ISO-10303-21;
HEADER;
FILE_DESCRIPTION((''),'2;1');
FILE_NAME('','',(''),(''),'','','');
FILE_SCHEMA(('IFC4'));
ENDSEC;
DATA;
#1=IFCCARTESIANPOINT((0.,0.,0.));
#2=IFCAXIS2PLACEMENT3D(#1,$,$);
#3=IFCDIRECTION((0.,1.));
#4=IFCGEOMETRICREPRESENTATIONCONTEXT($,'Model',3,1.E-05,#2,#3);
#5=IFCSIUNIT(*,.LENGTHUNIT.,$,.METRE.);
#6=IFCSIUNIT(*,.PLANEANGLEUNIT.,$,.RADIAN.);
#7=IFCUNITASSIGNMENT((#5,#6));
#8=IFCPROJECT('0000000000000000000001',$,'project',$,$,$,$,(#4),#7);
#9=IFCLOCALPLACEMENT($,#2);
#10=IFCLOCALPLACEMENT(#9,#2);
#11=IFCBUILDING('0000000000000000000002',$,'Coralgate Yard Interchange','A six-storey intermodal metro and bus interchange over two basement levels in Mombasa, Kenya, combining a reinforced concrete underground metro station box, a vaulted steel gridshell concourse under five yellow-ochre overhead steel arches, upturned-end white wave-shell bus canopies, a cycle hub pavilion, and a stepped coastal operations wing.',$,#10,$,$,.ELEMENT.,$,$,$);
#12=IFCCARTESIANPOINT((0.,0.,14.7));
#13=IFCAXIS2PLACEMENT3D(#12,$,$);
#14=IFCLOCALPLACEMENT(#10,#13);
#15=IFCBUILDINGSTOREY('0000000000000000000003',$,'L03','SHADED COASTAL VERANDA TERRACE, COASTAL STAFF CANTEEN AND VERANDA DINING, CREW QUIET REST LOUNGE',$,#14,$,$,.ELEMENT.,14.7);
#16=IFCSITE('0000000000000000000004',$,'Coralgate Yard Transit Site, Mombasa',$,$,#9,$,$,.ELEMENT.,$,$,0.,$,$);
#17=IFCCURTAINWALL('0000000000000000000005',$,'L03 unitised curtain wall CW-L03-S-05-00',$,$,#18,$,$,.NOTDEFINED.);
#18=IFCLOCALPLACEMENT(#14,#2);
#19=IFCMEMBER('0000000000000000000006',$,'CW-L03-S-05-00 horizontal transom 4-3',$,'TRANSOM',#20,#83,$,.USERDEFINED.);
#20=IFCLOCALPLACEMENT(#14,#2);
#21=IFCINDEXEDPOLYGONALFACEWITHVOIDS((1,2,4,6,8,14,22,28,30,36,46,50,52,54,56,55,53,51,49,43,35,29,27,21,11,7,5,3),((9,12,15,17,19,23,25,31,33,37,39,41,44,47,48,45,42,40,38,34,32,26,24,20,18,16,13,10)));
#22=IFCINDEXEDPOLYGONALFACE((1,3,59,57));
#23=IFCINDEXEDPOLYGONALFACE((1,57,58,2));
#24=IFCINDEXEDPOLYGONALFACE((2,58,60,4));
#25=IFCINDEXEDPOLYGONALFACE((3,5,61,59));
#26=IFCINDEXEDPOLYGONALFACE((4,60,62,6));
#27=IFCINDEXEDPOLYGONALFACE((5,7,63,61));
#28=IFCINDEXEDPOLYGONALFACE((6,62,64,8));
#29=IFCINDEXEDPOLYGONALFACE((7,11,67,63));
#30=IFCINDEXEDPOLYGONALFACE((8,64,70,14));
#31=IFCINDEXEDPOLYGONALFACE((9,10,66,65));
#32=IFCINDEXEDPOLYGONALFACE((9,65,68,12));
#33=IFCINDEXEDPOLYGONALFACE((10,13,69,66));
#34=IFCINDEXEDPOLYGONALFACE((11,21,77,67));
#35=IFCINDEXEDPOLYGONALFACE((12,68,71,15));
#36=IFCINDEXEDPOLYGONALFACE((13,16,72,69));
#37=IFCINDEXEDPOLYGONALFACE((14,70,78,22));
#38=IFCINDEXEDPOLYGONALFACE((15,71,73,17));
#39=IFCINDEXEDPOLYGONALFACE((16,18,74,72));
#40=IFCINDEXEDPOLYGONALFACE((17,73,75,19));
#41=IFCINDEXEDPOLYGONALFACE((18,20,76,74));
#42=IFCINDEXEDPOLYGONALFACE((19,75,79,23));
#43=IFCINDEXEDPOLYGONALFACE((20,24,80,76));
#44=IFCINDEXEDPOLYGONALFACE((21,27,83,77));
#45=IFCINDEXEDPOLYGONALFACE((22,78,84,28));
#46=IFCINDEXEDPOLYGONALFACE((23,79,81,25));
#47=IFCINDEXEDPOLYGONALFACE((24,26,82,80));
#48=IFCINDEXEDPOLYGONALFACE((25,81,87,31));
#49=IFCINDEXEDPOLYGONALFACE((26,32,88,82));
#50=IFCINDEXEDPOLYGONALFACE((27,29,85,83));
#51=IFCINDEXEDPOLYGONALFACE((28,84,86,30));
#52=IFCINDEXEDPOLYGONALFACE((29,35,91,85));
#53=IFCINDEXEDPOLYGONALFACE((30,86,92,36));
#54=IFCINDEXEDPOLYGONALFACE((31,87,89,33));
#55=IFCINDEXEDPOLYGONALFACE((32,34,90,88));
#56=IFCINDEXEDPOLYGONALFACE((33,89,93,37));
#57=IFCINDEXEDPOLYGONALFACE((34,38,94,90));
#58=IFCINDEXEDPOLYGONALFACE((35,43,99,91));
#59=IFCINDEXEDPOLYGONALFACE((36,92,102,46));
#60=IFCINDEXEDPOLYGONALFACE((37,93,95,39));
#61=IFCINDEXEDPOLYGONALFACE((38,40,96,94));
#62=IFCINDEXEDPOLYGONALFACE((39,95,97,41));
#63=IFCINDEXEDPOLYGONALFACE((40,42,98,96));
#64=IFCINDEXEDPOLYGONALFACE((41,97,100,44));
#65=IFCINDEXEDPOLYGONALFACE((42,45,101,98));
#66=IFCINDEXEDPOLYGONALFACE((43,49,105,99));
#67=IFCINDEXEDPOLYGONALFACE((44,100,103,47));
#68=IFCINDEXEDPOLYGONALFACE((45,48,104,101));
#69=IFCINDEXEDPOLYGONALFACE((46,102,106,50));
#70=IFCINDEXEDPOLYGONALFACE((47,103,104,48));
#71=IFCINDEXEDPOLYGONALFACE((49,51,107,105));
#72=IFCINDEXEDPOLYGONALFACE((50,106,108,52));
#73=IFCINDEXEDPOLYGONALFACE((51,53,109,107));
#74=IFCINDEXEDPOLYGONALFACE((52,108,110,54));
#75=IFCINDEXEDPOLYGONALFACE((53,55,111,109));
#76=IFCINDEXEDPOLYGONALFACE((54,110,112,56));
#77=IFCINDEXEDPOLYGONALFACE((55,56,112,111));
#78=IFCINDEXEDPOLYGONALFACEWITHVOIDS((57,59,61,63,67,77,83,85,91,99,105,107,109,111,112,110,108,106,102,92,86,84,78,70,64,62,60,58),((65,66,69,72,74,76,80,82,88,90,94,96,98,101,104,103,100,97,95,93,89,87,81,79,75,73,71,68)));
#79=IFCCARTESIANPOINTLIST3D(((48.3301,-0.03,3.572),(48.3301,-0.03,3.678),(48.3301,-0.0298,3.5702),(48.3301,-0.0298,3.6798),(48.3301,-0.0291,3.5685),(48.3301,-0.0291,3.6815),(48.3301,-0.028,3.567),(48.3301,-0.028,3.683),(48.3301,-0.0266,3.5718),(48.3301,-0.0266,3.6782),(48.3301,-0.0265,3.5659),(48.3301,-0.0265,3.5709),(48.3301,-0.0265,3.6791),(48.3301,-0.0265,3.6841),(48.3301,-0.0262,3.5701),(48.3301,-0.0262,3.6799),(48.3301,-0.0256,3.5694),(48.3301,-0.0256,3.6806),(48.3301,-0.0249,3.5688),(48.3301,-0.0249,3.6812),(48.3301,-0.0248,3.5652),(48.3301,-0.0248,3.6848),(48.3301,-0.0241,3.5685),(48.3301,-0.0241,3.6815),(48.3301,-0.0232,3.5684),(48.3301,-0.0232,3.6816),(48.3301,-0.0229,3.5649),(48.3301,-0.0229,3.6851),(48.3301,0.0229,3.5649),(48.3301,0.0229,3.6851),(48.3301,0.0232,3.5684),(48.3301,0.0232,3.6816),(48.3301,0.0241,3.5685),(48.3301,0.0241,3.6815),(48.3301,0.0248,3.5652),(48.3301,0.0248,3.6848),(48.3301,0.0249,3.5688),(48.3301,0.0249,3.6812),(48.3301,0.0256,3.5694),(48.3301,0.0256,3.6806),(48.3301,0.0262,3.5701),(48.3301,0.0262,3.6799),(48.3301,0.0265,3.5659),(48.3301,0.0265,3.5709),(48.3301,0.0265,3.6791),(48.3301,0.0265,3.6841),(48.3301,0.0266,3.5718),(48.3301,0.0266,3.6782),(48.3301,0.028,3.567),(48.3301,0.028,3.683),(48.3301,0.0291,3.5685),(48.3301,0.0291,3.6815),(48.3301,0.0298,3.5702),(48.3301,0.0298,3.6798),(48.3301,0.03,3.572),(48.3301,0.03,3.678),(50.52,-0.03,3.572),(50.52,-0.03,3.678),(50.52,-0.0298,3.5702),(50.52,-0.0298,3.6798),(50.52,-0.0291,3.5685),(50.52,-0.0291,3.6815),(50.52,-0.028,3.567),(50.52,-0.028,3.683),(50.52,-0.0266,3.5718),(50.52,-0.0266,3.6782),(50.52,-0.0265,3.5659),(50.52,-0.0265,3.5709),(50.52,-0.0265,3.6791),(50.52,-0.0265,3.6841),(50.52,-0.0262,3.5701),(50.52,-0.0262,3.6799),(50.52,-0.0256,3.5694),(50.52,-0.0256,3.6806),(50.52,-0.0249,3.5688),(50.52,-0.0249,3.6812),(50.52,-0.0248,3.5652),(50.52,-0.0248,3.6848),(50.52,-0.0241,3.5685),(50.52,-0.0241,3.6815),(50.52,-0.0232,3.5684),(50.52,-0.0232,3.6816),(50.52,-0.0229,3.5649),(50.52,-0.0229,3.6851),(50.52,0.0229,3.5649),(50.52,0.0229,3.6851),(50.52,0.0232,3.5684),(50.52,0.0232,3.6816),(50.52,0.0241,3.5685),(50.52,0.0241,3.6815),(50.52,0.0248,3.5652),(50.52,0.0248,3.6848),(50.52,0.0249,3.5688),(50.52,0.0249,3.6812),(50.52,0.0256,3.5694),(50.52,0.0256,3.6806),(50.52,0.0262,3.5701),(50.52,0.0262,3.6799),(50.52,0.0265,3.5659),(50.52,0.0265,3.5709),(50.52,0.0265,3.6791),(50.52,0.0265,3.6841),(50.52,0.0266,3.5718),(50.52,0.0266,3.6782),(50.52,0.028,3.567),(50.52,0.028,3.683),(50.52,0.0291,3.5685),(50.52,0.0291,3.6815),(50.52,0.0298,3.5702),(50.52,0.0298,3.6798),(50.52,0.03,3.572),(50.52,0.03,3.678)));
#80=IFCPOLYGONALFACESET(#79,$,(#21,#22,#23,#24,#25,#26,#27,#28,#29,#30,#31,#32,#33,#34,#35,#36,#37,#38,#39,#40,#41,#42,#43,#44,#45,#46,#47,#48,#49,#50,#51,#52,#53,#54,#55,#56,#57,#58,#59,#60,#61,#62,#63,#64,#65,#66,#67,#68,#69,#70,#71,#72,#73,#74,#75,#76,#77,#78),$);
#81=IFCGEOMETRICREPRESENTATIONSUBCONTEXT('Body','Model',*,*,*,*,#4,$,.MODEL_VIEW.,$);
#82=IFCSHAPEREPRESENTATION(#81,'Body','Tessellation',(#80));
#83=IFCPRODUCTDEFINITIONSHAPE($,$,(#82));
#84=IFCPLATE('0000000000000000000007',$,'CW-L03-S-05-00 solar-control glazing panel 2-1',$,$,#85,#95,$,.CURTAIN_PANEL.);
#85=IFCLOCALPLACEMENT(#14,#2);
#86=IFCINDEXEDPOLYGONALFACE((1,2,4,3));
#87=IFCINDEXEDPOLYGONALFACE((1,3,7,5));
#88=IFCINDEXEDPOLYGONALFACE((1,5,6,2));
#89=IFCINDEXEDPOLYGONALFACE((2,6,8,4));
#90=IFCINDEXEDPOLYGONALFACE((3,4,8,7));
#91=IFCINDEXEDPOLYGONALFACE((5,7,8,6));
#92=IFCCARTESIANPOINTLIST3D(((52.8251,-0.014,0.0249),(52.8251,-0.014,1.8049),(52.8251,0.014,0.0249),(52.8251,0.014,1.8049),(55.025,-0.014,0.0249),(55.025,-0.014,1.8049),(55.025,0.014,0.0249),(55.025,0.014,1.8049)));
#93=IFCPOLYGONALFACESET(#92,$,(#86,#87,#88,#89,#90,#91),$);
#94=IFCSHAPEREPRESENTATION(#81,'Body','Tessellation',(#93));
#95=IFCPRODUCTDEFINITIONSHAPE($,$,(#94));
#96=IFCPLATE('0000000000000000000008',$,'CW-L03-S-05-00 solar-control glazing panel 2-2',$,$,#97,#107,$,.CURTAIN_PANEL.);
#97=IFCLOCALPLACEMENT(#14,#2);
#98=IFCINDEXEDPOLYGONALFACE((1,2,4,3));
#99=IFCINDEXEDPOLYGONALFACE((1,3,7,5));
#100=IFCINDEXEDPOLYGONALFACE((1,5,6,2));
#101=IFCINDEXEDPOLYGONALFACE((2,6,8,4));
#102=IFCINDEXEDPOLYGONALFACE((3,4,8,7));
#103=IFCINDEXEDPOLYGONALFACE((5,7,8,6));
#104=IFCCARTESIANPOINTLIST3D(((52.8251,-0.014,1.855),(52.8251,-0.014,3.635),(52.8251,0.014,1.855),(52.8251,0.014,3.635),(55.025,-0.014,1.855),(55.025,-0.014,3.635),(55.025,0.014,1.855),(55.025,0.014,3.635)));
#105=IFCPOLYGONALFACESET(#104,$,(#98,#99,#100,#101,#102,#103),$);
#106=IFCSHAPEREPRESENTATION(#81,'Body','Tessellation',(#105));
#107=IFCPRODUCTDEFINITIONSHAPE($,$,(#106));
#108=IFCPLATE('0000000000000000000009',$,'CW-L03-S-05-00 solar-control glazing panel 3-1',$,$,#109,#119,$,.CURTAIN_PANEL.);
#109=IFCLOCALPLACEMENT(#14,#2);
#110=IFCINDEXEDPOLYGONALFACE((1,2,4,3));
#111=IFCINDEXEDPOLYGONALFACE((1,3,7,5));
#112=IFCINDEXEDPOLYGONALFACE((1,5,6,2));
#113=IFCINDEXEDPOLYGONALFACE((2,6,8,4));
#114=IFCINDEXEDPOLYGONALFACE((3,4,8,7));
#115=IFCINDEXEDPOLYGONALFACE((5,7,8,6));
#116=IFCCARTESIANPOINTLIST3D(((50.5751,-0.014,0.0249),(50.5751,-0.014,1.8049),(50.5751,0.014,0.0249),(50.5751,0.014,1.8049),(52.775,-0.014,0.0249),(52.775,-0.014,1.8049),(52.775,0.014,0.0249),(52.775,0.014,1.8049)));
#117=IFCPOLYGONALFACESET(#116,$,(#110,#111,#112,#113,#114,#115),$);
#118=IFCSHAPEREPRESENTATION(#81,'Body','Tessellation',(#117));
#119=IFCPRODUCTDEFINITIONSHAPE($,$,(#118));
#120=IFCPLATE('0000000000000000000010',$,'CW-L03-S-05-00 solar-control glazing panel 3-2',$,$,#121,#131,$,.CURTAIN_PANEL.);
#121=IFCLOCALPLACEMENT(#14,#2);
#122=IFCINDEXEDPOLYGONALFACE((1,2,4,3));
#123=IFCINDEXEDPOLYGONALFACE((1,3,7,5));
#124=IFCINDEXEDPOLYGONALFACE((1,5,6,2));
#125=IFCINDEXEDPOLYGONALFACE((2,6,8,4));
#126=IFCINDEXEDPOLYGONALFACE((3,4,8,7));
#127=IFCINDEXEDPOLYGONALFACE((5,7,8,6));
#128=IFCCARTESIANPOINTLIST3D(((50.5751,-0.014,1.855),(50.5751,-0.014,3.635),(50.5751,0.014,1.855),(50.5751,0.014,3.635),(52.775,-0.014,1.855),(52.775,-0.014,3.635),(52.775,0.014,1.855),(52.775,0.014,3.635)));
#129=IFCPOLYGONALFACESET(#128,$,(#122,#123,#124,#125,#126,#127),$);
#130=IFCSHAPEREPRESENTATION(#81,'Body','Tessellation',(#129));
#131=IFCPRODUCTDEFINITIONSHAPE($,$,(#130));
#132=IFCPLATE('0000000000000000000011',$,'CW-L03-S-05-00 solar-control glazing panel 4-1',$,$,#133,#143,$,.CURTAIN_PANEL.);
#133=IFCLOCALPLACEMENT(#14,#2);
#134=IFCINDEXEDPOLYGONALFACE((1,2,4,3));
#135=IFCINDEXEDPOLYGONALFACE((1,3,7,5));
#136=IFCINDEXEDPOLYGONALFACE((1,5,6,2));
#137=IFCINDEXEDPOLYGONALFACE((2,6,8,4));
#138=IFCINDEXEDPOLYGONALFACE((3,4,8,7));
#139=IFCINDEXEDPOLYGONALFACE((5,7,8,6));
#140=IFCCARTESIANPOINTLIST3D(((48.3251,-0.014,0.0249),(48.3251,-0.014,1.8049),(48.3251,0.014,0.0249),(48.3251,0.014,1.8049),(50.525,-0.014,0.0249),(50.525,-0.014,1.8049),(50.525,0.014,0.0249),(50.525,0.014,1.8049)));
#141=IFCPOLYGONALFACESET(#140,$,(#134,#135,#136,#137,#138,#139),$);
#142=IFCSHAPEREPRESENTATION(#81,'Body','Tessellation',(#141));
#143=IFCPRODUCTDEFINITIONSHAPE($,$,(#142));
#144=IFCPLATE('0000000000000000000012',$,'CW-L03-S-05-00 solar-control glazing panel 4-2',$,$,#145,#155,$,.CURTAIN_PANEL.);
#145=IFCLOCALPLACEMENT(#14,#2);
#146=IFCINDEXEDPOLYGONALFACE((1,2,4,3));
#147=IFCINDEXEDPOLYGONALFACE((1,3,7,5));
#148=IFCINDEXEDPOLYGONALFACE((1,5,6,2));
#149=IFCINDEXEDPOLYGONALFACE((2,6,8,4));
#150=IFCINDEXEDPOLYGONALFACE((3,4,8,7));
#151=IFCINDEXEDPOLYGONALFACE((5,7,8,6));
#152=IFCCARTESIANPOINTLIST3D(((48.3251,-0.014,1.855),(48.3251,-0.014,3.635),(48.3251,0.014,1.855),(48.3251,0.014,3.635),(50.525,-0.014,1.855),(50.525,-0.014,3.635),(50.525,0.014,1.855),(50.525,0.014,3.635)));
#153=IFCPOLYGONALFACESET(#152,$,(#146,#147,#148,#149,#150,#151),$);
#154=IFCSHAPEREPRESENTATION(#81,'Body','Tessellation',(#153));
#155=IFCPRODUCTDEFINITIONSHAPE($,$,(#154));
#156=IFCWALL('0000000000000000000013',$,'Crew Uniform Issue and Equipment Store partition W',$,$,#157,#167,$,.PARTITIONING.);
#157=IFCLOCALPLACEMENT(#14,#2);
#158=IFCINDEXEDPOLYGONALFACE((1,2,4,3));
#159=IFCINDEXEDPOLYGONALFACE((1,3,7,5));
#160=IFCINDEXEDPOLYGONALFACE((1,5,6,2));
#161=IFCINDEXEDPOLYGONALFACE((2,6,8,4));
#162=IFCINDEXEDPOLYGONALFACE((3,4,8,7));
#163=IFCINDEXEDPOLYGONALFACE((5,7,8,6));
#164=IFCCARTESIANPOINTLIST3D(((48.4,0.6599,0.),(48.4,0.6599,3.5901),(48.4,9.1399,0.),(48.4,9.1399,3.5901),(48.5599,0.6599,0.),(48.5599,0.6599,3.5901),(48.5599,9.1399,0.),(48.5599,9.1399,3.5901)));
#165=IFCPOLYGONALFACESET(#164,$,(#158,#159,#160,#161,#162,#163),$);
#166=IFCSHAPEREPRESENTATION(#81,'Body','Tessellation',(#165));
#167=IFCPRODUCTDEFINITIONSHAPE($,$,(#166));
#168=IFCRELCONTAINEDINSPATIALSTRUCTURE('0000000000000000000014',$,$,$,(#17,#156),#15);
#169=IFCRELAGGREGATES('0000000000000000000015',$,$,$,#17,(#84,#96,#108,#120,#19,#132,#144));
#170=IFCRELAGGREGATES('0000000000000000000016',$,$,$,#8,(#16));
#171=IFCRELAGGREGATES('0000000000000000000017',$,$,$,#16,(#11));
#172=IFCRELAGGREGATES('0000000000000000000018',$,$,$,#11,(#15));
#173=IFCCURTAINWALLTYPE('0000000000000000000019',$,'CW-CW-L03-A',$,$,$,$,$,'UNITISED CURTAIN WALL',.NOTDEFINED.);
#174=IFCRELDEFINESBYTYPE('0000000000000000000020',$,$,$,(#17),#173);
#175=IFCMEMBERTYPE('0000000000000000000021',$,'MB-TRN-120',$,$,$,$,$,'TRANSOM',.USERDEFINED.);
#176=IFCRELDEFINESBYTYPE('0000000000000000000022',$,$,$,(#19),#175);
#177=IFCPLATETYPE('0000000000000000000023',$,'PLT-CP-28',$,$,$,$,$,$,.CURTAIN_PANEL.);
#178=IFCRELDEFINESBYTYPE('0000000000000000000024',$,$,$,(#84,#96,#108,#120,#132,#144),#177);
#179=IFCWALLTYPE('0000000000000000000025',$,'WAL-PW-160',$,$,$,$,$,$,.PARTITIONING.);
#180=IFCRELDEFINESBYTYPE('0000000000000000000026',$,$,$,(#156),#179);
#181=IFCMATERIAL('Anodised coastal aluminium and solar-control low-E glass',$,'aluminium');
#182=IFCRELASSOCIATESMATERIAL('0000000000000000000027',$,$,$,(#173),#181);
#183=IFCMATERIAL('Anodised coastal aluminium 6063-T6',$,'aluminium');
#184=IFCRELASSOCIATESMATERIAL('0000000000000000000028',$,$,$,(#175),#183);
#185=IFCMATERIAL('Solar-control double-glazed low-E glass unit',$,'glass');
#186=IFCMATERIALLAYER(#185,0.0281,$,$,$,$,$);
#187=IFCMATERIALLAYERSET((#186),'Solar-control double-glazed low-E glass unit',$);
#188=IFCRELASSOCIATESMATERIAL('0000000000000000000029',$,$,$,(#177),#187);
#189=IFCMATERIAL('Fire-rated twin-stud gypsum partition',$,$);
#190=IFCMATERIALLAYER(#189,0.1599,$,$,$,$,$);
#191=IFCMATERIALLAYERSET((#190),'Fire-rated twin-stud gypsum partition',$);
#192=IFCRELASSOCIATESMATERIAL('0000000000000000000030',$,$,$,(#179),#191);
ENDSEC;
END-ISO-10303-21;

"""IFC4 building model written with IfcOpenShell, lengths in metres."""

from ifc_helpers import new_model, si_unit, direction, frame, frame_2d, origin, origin_2d, place, context, subcontext, project, spatial, rectangle, hollow_rectangle, extrude, material, layer, layer_set, material_profile, profile_set, type_object, element, aggregate, save


model = new_model("IFC4")

# Units and contexts
model_context = context("Model", 3, precision=1e-05, world=origin(), true_north=direction((0.0, 1.0)))
body_context = subcontext(model_context, "Body", "Model", "MODEL_VIEW")
ifc_project = project(units=[si_unit("LENGTHUNIT", "METRE"), si_unit("PLANEANGLEUNIT", "RADIAN")], contexts=[model_context])

# Site, building, storey
site_placement = place(None, origin())
site = spatial("IfcSite", under=ifc_project, at=site_placement, Name="Coralgate Yard Transit Site, Mombasa", CompositionType="ELEMENT", RefElevation=0.0)
building_placement = place(site_placement, origin())
building = spatial("IfcBuilding", under=site, at=building_placement, Name="Coralgate Yard Interchange", Description="A six-storey intermodal metro and bus interchange over two basement levels in Mombasa, Kenya, combining a reinforced concrete underground metro station box, a vaulted steel gridshell concourse under five yellow-ochre overhead steel arches, upturned-end white wave-shell bus canopies, a cycle hub pavilion, and a stepped coastal operations wing.", CompositionType="ELEMENT")
storey_placement = place(building_placement, frame((0.0, 0.0, 14.7)))
storey = spatial("IfcBuildingStorey", under=building, at=storey_placement, Name="L03", Description="SHADED COASTAL VERANDA TERRACE, COASTAL STAFF CANTEEN AND VERANDA DINING, CREW QUIET REST LOUNGE", CompositionType="ELEMENT", Elevation=14.7)

# Curtain wall, member, plates
ifc_material_1 = material(Name="Anodised coastal aluminium and solar-control low-E glass", Category="aluminium")
curtain_wall_type = type_object("IfcCurtainWallType", Name="CW-CW-L03-A", ElementType="UNITISED CURTAIN WALL", PredefinedType="NOTDEFINED", material=ifc_material_1)
curtain_wall_placement = place(storey_placement, origin())
curtain_wall = element("IfcCurtainWall", 1, at=curtain_wall_placement, inside=storey, type_object=curtain_wall_type, Name="L03 unitised curtain wall CW-L03-S-05-00", PredefinedType="NOTDEFINED")
ifc_material_2 = material(Name="Anodised coastal aluminium 6063-T6", Category="aluminium")
ifc_material_profile_1 = material_profile(ifc_material_2, hollow_rectangle(XDim=0.0601, YDim=0.1201, WallThickness=0.0034, InnerFilletRadius=0.0034, OuterFilletRadius=0.0071, at=origin_2d()), Name="ALU 60x120x3.5")
ifc_profile_set_1 = profile_set([ifc_material_profile_1], Name="Anodised coastal aluminium 6063-T6")
member_type_1 = type_object("IfcMemberType", Name="MB-TRN-120", ElementType="TRANSOM", PredefinedType="USERDEFINED", material=ifc_profile_set_1)
member_1_placement = place(storey_placement, frame((50.52, 0.0, 3.625), z_axis=(-1.0, 0.0, 0.0), x_axis=(0.0, -1.0, 0.0)))
member_1 = element("IfcMember", 2, at=member_1_placement, type_object=member_type_1, Name="CW-L03-S-05-00 horizontal transom 4-3", ObjectType="TRANSOM", PredefinedType="USERDEFINED", context=body_context, shape_type="SweptSolid", body=[
    extrude(hollow_rectangle(XDim=0.0601, YDim=0.1201, WallThickness=0.0034, InnerFilletRadius=0.0034, OuterFilletRadius=0.0071, at=origin_2d()), origin(), (0.0, 0.0, 1.0), 2.1899),
])
ifc_material_3 = material(Name="Solar-control double-glazed low-E glass unit", Category="glass")
ifc_layer_1 = layer(ifc_material_3, 0.0281)
ifc_layer_set_1 = layer_set([ifc_layer_1], Name="Solar-control double-glazed low-E glass unit")
plate_type = type_object("IfcPlateType", Name="PLT-CP-28", PredefinedType="CURTAIN_PANEL", material=ifc_layer_set_1)
plate_1_placement = place(storey_placement, frame((53.925, 0.0, 0.0249), z_axis=(0.0, 0.0, 1.0), x_axis=(-1.0, 0.0, 0.0)))
plate_1 = element("IfcPlate", 3, at=plate_1_placement, type_object=plate_type, Name="CW-L03-S-05-00 solar-control glazing panel 2-1", PredefinedType="CURTAIN_PANEL", context=body_context, shape_type="SweptSolid", body=[
    extrude(rectangle(XDim=2.2, YDim=0.0281, at=origin_2d()), origin(), (0.0, 0.0, 1.0), 1.78),
])
plate_2_placement = place(storey_placement, frame((53.925, 0.0, 1.855), z_axis=(0.0, 0.0, 1.0), x_axis=(-1.0, 0.0, 0.0)))
plate_2 = element("IfcPlate", 4, at=plate_2_placement, type_object=plate_type, Name="CW-L03-S-05-00 solar-control glazing panel 2-2", PredefinedType="CURTAIN_PANEL", context=body_context, shape_type="SweptSolid", body=[
    extrude(rectangle(XDim=2.2, YDim=0.0281, at=origin_2d()), origin(), (0.0, 0.0, 1.0), 1.78),
])
plate_3_placement = place(storey_placement, frame((51.675, 0.0, 0.0249), z_axis=(0.0, 0.0, 1.0), x_axis=(-1.0, 0.0, 0.0)))
plate_3 = element("IfcPlate", 5, at=plate_3_placement, type_object=plate_type, Name="CW-L03-S-05-00 solar-control glazing panel 3-1", PredefinedType="CURTAIN_PANEL", context=body_context, shape_type="SweptSolid", body=[
    extrude(rectangle(XDim=2.2, YDim=0.0281, at=origin_2d()), origin(), (0.0, 0.0, 1.0), 1.78),
])
plate_4_placement = place(storey_placement, frame((51.675, 0.0, 1.855), z_axis=(0.0, 0.0, 1.0), x_axis=(-1.0, 0.0, 0.0)))
plate_4 = element("IfcPlate", 6, at=plate_4_placement, type_object=plate_type, Name="CW-L03-S-05-00 solar-control glazing panel 3-2", PredefinedType="CURTAIN_PANEL", context=body_context, shape_type="SweptSolid", body=[
    extrude(rectangle(XDim=2.2, YDim=0.0281, at=origin_2d()), origin(), (0.0, 0.0, 1.0), 1.78),
])
plate_5_placement = place(storey_placement, frame((49.425, 0.0, 0.0249), z_axis=(0.0, 0.0, 1.0), x_axis=(-1.0, 0.0, 0.0)))
plate_5 = element("IfcPlate", 7, at=plate_5_placement, type_object=plate_type, Name="CW-L03-S-05-00 solar-control glazing panel 4-1", PredefinedType="CURTAIN_PANEL", context=body_context, shape_type="SweptSolid", body=[
    extrude(rectangle(XDim=2.2, YDim=0.0281, at=origin_2d()), origin(), (0.0, 0.0, 1.0), 1.78),
])
plate_6_placement = place(storey_placement, frame((49.425, 0.0, 1.855), z_axis=(0.0, 0.0, 1.0), x_axis=(-1.0, 0.0, 0.0)))
plate_6 = element("IfcPlate", 8, at=plate_6_placement, type_object=plate_type, Name="CW-L03-S-05-00 solar-control glazing panel 4-2", PredefinedType="CURTAIN_PANEL", context=body_context, shape_type="SweptSolid", body=[
    extrude(rectangle(XDim=2.2, YDim=0.0281, at=origin_2d()), origin(), (0.0, 0.0, 1.0), 1.78),
])
aggregate(curtain_wall, [plate_1, plate_2, plate_3, plate_4, member_1, plate_5, plate_6])

# Wall
ifc_material_4 = material(Name="Fire-rated twin-stud gypsum partition")
ifc_layer_2 = layer(ifc_material_4, 0.1599)
ifc_layer_set_2 = layer_set([ifc_layer_2], Name="Fire-rated twin-stud gypsum partition")
wall_type = type_object("IfcWallType", Name="WAL-PW-160", PredefinedType="PARTITIONING", material=ifc_layer_set_2)
wall_placement = place(storey_placement, frame((48.48, 0.6599, 0.0), z_axis=(0.0, 0.0, 1.0), x_axis=(0.0, 1.0, 0.0)))
element("IfcWall", 9, at=wall_placement, inside=storey, type_object=wall_type, Name="Crew Uniform Issue and Equipment Store partition W", PredefinedType="PARTITIONING", context=body_context, shape_type="SweptSolid", body=[
    extrude(rectangle(XDim=8.48, YDim=0.1599, at=frame_2d((4.24, 0.0))), origin(), (0.0, 0.0, 1.0), 3.5901),
])

save(model, "model.ifc")
